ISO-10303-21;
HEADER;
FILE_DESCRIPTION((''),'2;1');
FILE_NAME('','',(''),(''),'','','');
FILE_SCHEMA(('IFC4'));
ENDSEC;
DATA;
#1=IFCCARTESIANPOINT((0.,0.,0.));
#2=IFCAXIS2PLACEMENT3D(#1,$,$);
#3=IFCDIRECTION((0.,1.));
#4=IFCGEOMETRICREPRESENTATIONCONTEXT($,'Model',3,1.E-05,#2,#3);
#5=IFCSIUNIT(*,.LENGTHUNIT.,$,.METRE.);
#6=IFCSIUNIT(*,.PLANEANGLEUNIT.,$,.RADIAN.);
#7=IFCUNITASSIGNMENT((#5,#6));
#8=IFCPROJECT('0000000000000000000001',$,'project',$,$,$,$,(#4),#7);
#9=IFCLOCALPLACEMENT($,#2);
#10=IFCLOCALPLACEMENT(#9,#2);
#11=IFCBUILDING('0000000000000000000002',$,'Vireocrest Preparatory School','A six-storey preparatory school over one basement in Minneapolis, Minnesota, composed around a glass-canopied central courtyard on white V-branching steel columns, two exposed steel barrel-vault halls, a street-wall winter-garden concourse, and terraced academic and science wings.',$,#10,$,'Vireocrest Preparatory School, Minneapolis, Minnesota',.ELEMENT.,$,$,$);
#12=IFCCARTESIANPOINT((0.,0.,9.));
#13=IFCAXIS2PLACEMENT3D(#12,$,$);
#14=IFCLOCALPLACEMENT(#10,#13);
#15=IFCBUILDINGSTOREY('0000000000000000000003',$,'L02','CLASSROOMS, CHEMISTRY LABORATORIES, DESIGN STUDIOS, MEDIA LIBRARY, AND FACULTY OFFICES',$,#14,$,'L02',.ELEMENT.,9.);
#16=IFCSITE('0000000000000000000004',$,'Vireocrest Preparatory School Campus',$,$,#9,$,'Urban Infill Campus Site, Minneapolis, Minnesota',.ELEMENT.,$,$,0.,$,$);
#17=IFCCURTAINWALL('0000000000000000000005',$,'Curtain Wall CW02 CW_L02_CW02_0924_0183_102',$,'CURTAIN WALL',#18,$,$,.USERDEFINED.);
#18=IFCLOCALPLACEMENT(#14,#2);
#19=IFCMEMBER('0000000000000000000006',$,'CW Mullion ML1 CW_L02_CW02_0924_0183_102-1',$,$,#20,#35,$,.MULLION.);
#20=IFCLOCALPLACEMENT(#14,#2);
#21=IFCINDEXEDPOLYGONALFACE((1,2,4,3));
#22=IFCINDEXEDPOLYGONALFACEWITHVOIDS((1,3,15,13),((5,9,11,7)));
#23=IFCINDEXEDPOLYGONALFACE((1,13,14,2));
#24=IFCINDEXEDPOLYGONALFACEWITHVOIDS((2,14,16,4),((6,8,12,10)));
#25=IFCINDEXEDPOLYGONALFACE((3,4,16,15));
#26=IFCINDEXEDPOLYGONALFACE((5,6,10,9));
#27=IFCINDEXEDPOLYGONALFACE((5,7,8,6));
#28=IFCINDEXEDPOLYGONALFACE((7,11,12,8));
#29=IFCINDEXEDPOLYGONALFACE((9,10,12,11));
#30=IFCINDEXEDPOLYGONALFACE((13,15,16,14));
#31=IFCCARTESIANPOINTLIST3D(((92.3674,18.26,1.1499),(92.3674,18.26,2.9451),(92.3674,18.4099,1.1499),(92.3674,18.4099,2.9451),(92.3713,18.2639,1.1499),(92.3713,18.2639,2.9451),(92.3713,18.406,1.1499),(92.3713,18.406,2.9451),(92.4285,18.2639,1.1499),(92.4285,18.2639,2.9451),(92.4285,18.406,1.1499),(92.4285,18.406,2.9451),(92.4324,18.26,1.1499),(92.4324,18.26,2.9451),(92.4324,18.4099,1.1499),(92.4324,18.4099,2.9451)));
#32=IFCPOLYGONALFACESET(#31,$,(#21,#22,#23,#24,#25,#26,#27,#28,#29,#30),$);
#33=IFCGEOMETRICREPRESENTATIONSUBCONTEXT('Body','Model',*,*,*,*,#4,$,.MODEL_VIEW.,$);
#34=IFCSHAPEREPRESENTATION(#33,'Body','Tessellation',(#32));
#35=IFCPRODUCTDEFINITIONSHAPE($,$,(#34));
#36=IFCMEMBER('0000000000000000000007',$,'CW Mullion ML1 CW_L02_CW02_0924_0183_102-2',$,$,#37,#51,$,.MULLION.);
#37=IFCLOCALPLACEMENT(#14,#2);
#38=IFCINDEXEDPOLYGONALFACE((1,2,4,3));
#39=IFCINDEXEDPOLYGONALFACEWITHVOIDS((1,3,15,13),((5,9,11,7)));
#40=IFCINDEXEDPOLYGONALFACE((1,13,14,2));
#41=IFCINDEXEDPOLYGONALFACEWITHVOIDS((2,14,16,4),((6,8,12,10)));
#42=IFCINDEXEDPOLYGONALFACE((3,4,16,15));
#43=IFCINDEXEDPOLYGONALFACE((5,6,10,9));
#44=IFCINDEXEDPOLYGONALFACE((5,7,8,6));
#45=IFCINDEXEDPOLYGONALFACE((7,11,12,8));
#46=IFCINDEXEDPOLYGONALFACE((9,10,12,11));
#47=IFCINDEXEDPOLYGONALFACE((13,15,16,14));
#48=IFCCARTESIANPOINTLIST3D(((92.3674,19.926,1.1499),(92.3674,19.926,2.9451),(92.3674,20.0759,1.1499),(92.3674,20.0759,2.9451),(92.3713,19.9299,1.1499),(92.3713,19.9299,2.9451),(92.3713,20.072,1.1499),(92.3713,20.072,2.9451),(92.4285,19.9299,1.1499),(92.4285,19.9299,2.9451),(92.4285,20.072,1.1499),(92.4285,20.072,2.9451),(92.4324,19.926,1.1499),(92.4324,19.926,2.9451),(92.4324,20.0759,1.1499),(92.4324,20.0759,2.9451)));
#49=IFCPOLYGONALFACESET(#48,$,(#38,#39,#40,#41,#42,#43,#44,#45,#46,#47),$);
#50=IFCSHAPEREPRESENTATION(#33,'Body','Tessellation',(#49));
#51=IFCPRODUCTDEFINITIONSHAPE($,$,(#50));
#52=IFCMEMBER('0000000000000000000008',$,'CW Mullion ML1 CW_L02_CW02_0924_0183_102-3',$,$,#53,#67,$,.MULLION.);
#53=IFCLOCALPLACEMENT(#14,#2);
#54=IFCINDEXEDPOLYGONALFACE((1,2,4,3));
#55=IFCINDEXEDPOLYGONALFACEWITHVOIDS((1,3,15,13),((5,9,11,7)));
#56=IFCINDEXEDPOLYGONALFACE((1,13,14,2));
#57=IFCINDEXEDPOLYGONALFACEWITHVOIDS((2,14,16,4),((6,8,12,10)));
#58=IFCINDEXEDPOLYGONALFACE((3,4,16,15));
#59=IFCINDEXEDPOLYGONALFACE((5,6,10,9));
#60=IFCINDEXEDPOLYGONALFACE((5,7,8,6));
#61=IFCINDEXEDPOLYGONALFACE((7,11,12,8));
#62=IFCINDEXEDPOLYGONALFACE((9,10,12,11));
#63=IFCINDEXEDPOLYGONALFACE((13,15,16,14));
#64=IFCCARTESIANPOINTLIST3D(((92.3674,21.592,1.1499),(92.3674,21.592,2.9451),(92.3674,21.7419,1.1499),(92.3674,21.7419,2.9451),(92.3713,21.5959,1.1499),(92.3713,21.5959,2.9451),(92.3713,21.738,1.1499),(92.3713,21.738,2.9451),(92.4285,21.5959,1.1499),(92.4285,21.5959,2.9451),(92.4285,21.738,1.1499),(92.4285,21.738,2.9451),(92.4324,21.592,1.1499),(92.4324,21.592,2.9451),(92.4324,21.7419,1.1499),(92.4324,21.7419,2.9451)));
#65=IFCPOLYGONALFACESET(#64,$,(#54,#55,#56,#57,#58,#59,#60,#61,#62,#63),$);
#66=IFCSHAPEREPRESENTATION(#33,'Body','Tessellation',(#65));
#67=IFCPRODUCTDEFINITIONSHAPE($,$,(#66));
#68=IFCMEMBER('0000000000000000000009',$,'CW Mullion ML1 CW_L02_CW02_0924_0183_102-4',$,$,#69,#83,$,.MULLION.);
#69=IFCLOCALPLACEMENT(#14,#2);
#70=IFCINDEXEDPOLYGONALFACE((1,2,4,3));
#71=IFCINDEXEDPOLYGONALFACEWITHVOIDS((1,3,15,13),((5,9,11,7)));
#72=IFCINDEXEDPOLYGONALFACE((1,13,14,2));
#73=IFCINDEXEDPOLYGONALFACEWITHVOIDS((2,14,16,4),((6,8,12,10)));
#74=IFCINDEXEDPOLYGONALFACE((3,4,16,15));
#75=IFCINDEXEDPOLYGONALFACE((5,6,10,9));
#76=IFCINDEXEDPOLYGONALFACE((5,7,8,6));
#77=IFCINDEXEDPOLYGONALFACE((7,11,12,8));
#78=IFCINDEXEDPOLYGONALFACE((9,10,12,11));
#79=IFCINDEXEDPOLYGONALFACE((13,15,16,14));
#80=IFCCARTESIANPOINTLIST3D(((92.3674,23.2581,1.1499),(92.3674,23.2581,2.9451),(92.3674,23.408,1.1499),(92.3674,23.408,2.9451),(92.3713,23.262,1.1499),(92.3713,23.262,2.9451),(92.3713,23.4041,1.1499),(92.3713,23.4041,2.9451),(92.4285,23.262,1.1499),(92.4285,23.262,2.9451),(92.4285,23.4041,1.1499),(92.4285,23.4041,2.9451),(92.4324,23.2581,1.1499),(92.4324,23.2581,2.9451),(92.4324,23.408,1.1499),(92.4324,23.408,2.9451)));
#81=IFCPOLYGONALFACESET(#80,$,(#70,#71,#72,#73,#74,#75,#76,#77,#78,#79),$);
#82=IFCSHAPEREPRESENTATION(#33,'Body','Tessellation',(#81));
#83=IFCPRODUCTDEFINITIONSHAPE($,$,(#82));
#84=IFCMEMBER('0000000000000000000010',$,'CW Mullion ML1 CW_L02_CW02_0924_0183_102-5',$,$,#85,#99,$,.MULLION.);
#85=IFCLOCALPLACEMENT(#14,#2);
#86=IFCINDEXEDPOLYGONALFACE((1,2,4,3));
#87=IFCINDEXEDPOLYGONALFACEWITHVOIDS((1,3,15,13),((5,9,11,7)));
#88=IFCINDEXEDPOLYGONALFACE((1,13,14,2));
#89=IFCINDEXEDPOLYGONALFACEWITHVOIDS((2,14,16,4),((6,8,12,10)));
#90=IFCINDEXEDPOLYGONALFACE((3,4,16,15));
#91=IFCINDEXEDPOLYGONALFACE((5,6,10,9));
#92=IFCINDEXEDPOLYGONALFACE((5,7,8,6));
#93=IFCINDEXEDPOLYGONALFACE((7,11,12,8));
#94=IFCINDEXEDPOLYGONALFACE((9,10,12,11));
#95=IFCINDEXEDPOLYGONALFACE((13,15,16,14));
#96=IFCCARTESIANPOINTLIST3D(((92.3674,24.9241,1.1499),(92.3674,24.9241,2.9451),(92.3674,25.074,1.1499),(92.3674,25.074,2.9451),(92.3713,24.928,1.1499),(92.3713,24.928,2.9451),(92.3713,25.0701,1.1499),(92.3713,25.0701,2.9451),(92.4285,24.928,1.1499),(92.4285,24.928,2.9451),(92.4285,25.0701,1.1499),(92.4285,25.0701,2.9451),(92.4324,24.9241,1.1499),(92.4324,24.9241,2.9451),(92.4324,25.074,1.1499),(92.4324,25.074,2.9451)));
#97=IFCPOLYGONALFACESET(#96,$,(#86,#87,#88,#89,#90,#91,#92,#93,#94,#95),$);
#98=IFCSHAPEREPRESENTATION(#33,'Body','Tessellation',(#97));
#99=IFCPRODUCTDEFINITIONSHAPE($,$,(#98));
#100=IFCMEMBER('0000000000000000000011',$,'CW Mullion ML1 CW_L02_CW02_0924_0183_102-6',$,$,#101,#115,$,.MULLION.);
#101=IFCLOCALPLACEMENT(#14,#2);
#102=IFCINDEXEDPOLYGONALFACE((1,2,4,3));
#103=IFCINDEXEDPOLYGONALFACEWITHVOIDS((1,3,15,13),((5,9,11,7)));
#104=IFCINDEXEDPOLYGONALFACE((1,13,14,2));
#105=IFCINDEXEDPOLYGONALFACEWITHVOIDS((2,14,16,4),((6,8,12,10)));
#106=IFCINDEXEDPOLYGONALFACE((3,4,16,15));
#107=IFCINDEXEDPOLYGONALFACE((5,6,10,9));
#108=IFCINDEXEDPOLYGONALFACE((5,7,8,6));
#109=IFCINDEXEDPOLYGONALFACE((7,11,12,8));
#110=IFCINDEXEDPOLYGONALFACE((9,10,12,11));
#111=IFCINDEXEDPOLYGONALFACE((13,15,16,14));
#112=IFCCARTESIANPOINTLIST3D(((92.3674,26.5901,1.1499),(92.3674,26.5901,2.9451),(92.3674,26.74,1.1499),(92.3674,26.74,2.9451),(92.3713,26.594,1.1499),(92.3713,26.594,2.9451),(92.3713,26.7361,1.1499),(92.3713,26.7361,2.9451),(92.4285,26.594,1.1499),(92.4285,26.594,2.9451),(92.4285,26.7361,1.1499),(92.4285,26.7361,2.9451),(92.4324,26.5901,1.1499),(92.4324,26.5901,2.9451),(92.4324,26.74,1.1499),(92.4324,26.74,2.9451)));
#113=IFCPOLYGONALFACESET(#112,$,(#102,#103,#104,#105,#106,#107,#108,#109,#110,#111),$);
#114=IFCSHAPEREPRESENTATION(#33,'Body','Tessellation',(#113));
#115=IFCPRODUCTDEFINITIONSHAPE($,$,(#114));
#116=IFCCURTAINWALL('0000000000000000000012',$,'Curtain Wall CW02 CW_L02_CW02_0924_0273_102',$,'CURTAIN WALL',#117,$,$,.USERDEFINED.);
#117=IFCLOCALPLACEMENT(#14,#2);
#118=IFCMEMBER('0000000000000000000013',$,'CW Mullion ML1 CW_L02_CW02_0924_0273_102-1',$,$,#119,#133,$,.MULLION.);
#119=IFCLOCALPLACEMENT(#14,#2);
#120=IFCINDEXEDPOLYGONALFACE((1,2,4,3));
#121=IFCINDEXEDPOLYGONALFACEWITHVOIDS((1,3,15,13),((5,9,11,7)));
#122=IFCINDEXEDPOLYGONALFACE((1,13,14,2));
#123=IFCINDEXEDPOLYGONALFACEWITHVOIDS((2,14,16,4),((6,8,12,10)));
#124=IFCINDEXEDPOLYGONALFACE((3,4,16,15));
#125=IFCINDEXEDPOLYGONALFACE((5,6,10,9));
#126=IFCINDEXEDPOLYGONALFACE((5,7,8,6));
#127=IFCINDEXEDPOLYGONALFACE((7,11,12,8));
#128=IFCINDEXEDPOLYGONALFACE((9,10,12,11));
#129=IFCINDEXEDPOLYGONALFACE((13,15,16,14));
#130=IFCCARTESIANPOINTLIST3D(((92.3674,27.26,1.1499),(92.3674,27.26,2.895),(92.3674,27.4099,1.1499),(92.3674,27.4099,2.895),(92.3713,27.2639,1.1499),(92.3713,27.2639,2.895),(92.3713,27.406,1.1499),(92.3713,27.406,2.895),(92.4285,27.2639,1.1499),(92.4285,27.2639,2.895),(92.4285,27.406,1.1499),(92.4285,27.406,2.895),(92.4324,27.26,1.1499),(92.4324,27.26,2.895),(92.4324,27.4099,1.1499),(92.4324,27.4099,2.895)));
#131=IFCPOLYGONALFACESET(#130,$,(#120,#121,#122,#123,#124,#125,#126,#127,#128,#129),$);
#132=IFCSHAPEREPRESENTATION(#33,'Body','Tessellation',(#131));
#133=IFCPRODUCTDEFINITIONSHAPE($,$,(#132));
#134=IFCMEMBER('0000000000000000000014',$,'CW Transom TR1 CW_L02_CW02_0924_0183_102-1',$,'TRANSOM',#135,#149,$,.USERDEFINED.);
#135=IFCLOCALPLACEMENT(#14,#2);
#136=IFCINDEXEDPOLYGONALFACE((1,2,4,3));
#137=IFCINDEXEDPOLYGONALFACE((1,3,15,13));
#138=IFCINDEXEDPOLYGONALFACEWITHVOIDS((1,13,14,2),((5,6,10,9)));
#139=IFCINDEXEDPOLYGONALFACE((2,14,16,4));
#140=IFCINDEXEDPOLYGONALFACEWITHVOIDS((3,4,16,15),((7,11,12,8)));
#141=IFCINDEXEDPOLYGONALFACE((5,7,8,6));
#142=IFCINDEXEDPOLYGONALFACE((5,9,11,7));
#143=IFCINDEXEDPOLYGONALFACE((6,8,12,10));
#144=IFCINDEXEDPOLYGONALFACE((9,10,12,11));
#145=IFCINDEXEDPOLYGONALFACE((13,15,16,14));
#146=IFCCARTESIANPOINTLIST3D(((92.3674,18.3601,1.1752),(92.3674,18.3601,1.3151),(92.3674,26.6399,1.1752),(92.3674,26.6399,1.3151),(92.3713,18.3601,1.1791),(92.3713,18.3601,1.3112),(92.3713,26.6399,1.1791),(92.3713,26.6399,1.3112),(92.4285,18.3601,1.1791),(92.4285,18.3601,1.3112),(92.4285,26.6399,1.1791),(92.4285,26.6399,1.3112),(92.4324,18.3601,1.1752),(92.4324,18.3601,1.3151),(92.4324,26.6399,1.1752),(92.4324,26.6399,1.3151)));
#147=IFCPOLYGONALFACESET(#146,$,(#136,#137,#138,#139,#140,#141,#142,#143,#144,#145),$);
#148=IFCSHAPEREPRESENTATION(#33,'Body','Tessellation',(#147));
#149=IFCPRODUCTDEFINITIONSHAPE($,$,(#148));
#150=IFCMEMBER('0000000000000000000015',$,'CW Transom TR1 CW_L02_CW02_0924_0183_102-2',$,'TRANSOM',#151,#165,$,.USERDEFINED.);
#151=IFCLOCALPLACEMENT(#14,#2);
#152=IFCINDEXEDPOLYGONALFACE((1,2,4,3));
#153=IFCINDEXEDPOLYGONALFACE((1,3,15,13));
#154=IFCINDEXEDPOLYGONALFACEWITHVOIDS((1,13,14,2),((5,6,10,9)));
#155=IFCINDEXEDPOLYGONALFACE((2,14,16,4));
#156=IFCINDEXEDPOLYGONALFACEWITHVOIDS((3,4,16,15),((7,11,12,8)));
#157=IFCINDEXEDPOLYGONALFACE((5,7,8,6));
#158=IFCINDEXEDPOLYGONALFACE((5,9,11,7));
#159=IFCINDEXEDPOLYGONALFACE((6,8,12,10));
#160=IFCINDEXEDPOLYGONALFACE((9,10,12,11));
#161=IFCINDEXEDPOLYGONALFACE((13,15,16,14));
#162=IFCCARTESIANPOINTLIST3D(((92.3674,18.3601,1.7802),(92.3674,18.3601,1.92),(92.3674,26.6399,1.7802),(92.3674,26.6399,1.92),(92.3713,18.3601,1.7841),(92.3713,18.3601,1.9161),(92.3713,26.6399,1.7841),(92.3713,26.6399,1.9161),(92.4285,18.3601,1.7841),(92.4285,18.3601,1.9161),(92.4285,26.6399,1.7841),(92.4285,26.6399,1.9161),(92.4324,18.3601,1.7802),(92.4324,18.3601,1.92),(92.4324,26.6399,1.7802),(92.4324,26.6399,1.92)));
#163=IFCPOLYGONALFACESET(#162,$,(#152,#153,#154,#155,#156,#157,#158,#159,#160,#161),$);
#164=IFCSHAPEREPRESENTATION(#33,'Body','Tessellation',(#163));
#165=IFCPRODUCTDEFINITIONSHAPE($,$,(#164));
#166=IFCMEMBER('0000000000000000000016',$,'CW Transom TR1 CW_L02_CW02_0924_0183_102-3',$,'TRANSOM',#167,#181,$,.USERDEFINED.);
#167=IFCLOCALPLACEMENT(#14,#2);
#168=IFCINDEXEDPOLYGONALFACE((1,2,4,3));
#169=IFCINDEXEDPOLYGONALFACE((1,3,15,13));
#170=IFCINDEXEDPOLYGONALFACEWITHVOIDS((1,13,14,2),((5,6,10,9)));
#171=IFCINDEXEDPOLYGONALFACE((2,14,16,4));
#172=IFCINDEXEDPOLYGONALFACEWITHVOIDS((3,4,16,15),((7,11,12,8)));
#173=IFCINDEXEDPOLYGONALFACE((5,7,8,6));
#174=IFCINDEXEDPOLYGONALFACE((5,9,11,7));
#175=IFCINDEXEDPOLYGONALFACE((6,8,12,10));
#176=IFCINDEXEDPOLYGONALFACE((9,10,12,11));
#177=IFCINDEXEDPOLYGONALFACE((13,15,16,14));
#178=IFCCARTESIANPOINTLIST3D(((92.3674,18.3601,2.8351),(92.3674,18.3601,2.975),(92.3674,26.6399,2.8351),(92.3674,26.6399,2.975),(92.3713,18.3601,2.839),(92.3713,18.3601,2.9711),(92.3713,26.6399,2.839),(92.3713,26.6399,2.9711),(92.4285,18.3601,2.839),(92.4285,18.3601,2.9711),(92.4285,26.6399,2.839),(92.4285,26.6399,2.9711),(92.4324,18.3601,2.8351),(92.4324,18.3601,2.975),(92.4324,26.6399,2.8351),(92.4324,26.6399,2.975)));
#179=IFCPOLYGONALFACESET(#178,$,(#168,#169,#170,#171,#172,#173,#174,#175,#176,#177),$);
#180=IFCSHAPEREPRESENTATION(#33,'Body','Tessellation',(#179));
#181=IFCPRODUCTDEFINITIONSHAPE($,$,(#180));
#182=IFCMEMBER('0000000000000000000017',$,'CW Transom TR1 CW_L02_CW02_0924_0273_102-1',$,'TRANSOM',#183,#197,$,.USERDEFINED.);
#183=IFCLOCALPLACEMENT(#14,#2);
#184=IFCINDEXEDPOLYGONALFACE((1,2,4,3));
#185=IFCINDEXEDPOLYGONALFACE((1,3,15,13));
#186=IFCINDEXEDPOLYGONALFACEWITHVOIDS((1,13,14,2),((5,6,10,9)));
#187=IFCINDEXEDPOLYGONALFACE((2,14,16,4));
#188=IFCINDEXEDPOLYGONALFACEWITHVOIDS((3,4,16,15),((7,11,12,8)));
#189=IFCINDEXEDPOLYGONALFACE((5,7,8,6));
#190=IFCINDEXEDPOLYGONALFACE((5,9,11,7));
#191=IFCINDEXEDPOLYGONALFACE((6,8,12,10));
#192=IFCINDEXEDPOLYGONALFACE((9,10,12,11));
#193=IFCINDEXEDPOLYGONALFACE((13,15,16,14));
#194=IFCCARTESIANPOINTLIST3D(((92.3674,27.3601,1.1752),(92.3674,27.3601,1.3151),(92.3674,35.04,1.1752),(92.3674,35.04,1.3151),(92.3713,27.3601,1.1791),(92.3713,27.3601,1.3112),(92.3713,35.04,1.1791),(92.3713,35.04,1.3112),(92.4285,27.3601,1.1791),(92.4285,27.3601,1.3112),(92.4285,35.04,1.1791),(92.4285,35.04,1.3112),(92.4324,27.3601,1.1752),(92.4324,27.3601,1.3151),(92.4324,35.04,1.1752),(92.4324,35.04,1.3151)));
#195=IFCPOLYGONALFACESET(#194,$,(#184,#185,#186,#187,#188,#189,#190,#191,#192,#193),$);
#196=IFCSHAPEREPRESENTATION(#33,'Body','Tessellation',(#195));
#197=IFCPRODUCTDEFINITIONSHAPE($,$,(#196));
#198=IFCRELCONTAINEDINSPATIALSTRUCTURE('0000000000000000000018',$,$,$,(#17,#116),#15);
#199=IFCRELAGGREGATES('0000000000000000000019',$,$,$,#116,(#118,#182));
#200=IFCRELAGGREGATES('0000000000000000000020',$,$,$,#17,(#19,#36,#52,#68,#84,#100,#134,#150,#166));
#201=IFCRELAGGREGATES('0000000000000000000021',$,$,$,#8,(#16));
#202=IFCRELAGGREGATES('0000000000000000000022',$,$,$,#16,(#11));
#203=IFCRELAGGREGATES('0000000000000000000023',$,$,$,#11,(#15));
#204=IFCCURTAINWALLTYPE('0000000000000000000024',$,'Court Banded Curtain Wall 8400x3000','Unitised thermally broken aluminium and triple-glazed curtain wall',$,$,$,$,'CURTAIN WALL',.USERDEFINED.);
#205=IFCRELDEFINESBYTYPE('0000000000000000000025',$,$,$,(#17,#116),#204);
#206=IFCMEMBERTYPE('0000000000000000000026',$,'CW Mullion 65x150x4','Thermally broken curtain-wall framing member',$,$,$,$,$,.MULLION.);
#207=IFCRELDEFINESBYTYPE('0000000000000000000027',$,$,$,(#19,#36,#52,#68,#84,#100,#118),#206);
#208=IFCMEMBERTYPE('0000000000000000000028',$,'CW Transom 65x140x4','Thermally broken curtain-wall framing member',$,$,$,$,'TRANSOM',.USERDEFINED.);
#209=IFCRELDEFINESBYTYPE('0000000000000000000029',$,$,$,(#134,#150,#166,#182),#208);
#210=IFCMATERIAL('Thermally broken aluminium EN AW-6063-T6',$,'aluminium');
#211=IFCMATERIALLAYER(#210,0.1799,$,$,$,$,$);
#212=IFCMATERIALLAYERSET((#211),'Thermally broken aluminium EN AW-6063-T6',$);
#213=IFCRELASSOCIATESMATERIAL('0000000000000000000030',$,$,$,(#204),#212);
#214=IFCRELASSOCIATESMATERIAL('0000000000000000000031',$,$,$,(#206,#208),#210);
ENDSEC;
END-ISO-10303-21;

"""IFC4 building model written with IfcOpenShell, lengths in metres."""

from ifc_helpers import new_model, si_unit, direction, frame, origin, origin_2d, place, context, subcontext, project, spatial, hollow_rectangle, extrude, material, layer, layer_set, material_profile, profile_set, type_object, element, aggregate, save


model = new_model("IFC4")

# Units and contexts
model_context = context("Model", 3, precision=1e-05, world=origin(), true_north=direction((0.0, 1.0)))
body_context = subcontext(model_context, "Body", "Model", "MODEL_VIEW")
ifc_project = project(units=[si_unit("LENGTHUNIT", "METRE"), si_unit("PLANEANGLEUNIT", "RADIAN")], contexts=[model_context])

# Site, building, storey
site_placement = place(None, origin())
site = spatial("IfcSite", under=ifc_project, at=site_placement, Name="Vireocrest Preparatory School Campus", LongName="Urban Infill Campus Site, Minneapolis, Minnesota", CompositionType="ELEMENT", RefElevation=0.0)
building_placement = place(site_placement, origin())
building = spatial("IfcBuilding", under=site, at=building_placement, Name="Vireocrest Preparatory School", Description="A six-storey preparatory school over one basement in Minneapolis, Minnesota, composed around a glass-canopied central courtyard on white V-branching steel columns, two exposed steel barrel-vault halls, a street-wall winter-garden concourse, and terraced academic and science wings.", LongName="Vireocrest Preparatory School, Minneapolis, Minnesota", CompositionType="ELEMENT")
storey_placement = place(building_placement, frame((0.0, 0.0, 9.0)))
storey = spatial("IfcBuildingStorey", under=building, at=storey_placement, Name="L02", Description="CLASSROOMS, CHEMISTRY LABORATORIES, DESIGN STUDIOS, MEDIA LIBRARY, AND FACULTY OFFICES", LongName="L02", CompositionType="ELEMENT", Elevation=9.0)

# Curtain wall, members
ifc_material_1 = material(Name="Thermally broken aluminium EN AW-6063-T6", Category="aluminium")
ifc_layer_1 = layer(ifc_material_1, 0.1799)
ifc_layer_set_1 = layer_set([ifc_layer_1], Name="Thermally broken aluminium EN AW-6063-T6")
curtain_wall_type = type_object("IfcCurtainWallType", Name="Court Banded Curtain Wall 8400x3000", Description="Unitised thermally broken aluminium and triple-glazed curtain wall", ElementType="CURTAIN WALL", PredefinedType="USERDEFINED", material=ifc_layer_set_1)
curtain_wall_1_placement = place(storey_placement, origin())
curtain_wall_1 = element("IfcCurtainWall", 1, at=curtain_wall_1_placement, inside=storey, type_object=curtain_wall_type, Name="Curtain Wall CW02 CW_L02_CW02_0924_0183_102", ObjectType="CURTAIN WALL", PredefinedType="USERDEFINED")
ifc_material_profile_1 = material_profile(ifc_material_1, hollow_rectangle(XDim=0.0649, YDim=0.1499, WallThickness=0.0039, at=origin_2d()), Name="ALU 65x150x4")
ifc_profile_set_1 = profile_set([ifc_material_profile_1], Name="Thermally broken aluminium EN AW-6063-T6")
member_type_1 = type_object("IfcMemberType", Name="CW Mullion 65x150x4", Description="Thermally broken curtain-wall framing member", PredefinedType="MULLION", material=ifc_profile_set_1)
member_1_placement = place(storey_placement, frame((92.3999, 18.335, 1.1499), z_axis=(0.0, 0.0, 1.0), x_axis=(1.0, 0.0, 0.0)))
member_1 = element("IfcMember", 2, at=member_1_placement, type_object=member_type_1, Name="CW Mullion ML1 CW_L02_CW02_0924_0183_102-1", PredefinedType="MULLION", context=body_context, shape_type="SweptSolid", body=[
    extrude(hollow_rectangle(XDim=0.0649, YDim=0.1499, WallThickness=0.0039, at=origin_2d()), origin(), (0.0, 0.0, 1.0), 1.7952),
])
member_2_placement = place(storey_placement, frame((92.3999, 20.001, 1.1499), z_axis=(0.0, 0.0, 1.0), x_axis=(1.0, 0.0, 0.0)))
member_2 = element("IfcMember", 3, at=member_2_placement, type_object=member_type_1, Name="CW Mullion ML1 CW_L02_CW02_0924_0183_102-2", PredefinedType="MULLION", context=body_context, shape_type="SweptSolid", body=[
    extrude(hollow_rectangle(XDim=0.0649, YDim=0.1499, WallThickness=0.0039, at=origin_2d()), origin(), (0.0, 0.0, 1.0), 1.7952),
])
member_3_placement = place(storey_placement, frame((92.3999, 21.667, 1.1499), z_axis=(0.0, 0.0, 1.0), x_axis=(1.0, 0.0, 0.0)))
member_3 = element("IfcMember", 4, at=member_3_placement, type_object=member_type_1, Name="CW Mullion ML1 CW_L02_CW02_0924_0183_102-3", PredefinedType="MULLION", context=body_context, shape_type="SweptSolid", body=[
    extrude(hollow_rectangle(XDim=0.0649, YDim=0.1499, WallThickness=0.0039, at=origin_2d()), origin(), (0.0, 0.0, 1.0), 1.7952),
])
member_4_placement = place(storey_placement, frame((92.3999, 23.333, 1.1499), z_axis=(0.0, 0.0, 1.0), x_axis=(1.0, 0.0, 0.0)))
member_4 = element("IfcMember", 5, at=member_4_placement, type_object=member_type_1, Name="CW Mullion ML1 CW_L02_CW02_0924_0183_102-4", PredefinedType="MULLION", context=body_context, shape_type="SweptSolid", body=[
    extrude(hollow_rectangle(XDim=0.0649, YDim=0.1499, WallThickness=0.0039, at=origin_2d()), origin(), (0.0, 0.0, 1.0), 1.7952),
])
member_5_placement = place(storey_placement, frame((92.3999, 24.999, 1.1499), z_axis=(0.0, 0.0, 1.0), x_axis=(1.0, 0.0, 0.0)))
member_5 = element("IfcMember", 6, at=member_5_placement, type_object=member_type_1, Name="CW Mullion ML1 CW_L02_CW02_0924_0183_102-5", PredefinedType="MULLION", context=body_context, shape_type="SweptSolid", body=[
    extrude(hollow_rectangle(XDim=0.0649, YDim=0.1499, WallThickness=0.0039, at=origin_2d()), origin(), (0.0, 0.0, 1.0), 1.7952),
])
member_6_placement = place(storey_placement, frame((92.3999, 26.665, 1.1499), z_axis=(0.0, 0.0, 1.0), x_axis=(1.0, 0.0, 0.0)))
member_6 = element("IfcMember", 7, at=member_6_placement, type_object=member_type_1, Name="CW Mullion ML1 CW_L02_CW02_0924_0183_102-6", PredefinedType="MULLION", context=body_context, shape_type="SweptSolid", body=[
    extrude(hollow_rectangle(XDim=0.0649, YDim=0.1499, WallThickness=0.0039, at=origin_2d()), origin(), (0.0, 0.0, 1.0), 1.7952),
])

# Curtain wall, member
curtain_wall_2_placement = place(storey_placement, origin())
curtain_wall_2 = element("IfcCurtainWall", 8, at=curtain_wall_2_placement, inside=storey, type_object=curtain_wall_type, Name="Curtain Wall CW02 CW_L02_CW02_0924_0273_102", ObjectType="CURTAIN WALL", PredefinedType="USERDEFINED")
member_7_placement = place(storey_placement, frame((92.3999, 27.335, 1.1499), z_axis=(0.0, 0.0, 1.0), x_axis=(1.0, 0.0, 0.0)))
member_7 = element("IfcMember", 9, at=member_7_placement, type_object=member_type_1, Name="CW Mullion ML1 CW_L02_CW02_0924_0273_102-1", PredefinedType="MULLION", context=body_context, shape_type="SweptSolid", body=[
    extrude(hollow_rectangle(XDim=0.0649, YDim=0.1499, WallThickness=0.0039, at=origin_2d()), origin(), (0.0, 0.0, 1.0), 1.7451),
])

# Members
ifc_material_profile_2 = material_profile(ifc_material_1, hollow_rectangle(XDim=0.0649, YDim=0.1399, WallThickness=0.0039, at=origin_2d()), Name="ALU 65x140x4")
ifc_profile_set_2 = profile_set([ifc_material_profile_2], Name="Thermally broken aluminium EN AW-6063-T6")
member_type_2 = type_object("IfcMemberType", Name="CW Transom 65x140x4", Description="Thermally broken curtain-wall framing member", ElementType="TRANSOM", PredefinedType="USERDEFINED", material=ifc_profile_set_2)
member_8_placement = place(storey_placement, frame((92.3999, 18.3601, 1.2451), z_axis=(0.0, 1.0, 0.0), x_axis=(-1.0, 0.0, 0.0)))
member_8 = element("IfcMember", 10, at=member_8_placement, type_object=member_type_2, Name="CW Transom TR1 CW_L02_CW02_0924_0183_102-1", ObjectType="TRANSOM", PredefinedType="USERDEFINED", context=body_context, shape_type="SweptSolid", body=[
    extrude(hollow_rectangle(XDim=0.0649, YDim=0.1399, WallThickness=0.0039, at=origin_2d()), origin(), (0.0, 0.0, 1.0), 8.2798),
])
member_9_placement = place(storey_placement, frame((92.3999, 18.3601, 1.8501), z_axis=(0.0, 1.0, 0.0), x_axis=(-1.0, 0.0, 0.0)))
member_9 = element("IfcMember", 11, at=member_9_placement, type_object=member_type_2, Name="CW Transom TR1 CW_L02_CW02_0924_0183_102-2", ObjectType="TRANSOM", PredefinedType="USERDEFINED", context=body_context, shape_type="SweptSolid", body=[
    extrude(hollow_rectangle(XDim=0.0649, YDim=0.1399, WallThickness=0.0039, at=origin_2d()), origin(), (0.0, 0.0, 1.0), 8.2798),
])
member_10_placement = place(storey_placement, frame((92.3999, 18.3601, 2.905), z_axis=(0.0, 1.0, 0.0), x_axis=(-1.0, 0.0, 0.0)))
member_10 = element("IfcMember", 12, at=member_10_placement, type_object=member_type_2, Name="CW Transom TR1 CW_L02_CW02_0924_0183_102-3", ObjectType="TRANSOM", PredefinedType="USERDEFINED", context=body_context, shape_type="SweptSolid", body=[
    extrude(hollow_rectangle(XDim=0.0649, YDim=0.1399, WallThickness=0.0039, at=origin_2d()), origin(), (0.0, 0.0, 1.0), 8.2798),
])
member_11_placement = place(storey_placement, frame((92.3999, 27.3601, 1.2451), z_axis=(0.0, 1.0, 0.0), x_axis=(-1.0, 0.0, 0.0)))
member_11 = element("IfcMember", 13, at=member_11_placement, type_object=member_type_2, Name="CW Transom TR1 CW_L02_CW02_0924_0273_102-1", ObjectType="TRANSOM", PredefinedType="USERDEFINED", context=body_context, shape_type="SweptSolid", body=[
    extrude(hollow_rectangle(XDim=0.0649, YDim=0.1399, WallThickness=0.0039, at=origin_2d()), origin(), (0.0, 0.0, 1.0), 7.6799),
])
aggregate(curtain_wall_2, [member_7, member_11])

aggregate(curtain_wall_1, [member_1, member_2, member_3, member_4, member_5, member_6, member_8, member_9, member_10])

save(model, "model.ifc")
